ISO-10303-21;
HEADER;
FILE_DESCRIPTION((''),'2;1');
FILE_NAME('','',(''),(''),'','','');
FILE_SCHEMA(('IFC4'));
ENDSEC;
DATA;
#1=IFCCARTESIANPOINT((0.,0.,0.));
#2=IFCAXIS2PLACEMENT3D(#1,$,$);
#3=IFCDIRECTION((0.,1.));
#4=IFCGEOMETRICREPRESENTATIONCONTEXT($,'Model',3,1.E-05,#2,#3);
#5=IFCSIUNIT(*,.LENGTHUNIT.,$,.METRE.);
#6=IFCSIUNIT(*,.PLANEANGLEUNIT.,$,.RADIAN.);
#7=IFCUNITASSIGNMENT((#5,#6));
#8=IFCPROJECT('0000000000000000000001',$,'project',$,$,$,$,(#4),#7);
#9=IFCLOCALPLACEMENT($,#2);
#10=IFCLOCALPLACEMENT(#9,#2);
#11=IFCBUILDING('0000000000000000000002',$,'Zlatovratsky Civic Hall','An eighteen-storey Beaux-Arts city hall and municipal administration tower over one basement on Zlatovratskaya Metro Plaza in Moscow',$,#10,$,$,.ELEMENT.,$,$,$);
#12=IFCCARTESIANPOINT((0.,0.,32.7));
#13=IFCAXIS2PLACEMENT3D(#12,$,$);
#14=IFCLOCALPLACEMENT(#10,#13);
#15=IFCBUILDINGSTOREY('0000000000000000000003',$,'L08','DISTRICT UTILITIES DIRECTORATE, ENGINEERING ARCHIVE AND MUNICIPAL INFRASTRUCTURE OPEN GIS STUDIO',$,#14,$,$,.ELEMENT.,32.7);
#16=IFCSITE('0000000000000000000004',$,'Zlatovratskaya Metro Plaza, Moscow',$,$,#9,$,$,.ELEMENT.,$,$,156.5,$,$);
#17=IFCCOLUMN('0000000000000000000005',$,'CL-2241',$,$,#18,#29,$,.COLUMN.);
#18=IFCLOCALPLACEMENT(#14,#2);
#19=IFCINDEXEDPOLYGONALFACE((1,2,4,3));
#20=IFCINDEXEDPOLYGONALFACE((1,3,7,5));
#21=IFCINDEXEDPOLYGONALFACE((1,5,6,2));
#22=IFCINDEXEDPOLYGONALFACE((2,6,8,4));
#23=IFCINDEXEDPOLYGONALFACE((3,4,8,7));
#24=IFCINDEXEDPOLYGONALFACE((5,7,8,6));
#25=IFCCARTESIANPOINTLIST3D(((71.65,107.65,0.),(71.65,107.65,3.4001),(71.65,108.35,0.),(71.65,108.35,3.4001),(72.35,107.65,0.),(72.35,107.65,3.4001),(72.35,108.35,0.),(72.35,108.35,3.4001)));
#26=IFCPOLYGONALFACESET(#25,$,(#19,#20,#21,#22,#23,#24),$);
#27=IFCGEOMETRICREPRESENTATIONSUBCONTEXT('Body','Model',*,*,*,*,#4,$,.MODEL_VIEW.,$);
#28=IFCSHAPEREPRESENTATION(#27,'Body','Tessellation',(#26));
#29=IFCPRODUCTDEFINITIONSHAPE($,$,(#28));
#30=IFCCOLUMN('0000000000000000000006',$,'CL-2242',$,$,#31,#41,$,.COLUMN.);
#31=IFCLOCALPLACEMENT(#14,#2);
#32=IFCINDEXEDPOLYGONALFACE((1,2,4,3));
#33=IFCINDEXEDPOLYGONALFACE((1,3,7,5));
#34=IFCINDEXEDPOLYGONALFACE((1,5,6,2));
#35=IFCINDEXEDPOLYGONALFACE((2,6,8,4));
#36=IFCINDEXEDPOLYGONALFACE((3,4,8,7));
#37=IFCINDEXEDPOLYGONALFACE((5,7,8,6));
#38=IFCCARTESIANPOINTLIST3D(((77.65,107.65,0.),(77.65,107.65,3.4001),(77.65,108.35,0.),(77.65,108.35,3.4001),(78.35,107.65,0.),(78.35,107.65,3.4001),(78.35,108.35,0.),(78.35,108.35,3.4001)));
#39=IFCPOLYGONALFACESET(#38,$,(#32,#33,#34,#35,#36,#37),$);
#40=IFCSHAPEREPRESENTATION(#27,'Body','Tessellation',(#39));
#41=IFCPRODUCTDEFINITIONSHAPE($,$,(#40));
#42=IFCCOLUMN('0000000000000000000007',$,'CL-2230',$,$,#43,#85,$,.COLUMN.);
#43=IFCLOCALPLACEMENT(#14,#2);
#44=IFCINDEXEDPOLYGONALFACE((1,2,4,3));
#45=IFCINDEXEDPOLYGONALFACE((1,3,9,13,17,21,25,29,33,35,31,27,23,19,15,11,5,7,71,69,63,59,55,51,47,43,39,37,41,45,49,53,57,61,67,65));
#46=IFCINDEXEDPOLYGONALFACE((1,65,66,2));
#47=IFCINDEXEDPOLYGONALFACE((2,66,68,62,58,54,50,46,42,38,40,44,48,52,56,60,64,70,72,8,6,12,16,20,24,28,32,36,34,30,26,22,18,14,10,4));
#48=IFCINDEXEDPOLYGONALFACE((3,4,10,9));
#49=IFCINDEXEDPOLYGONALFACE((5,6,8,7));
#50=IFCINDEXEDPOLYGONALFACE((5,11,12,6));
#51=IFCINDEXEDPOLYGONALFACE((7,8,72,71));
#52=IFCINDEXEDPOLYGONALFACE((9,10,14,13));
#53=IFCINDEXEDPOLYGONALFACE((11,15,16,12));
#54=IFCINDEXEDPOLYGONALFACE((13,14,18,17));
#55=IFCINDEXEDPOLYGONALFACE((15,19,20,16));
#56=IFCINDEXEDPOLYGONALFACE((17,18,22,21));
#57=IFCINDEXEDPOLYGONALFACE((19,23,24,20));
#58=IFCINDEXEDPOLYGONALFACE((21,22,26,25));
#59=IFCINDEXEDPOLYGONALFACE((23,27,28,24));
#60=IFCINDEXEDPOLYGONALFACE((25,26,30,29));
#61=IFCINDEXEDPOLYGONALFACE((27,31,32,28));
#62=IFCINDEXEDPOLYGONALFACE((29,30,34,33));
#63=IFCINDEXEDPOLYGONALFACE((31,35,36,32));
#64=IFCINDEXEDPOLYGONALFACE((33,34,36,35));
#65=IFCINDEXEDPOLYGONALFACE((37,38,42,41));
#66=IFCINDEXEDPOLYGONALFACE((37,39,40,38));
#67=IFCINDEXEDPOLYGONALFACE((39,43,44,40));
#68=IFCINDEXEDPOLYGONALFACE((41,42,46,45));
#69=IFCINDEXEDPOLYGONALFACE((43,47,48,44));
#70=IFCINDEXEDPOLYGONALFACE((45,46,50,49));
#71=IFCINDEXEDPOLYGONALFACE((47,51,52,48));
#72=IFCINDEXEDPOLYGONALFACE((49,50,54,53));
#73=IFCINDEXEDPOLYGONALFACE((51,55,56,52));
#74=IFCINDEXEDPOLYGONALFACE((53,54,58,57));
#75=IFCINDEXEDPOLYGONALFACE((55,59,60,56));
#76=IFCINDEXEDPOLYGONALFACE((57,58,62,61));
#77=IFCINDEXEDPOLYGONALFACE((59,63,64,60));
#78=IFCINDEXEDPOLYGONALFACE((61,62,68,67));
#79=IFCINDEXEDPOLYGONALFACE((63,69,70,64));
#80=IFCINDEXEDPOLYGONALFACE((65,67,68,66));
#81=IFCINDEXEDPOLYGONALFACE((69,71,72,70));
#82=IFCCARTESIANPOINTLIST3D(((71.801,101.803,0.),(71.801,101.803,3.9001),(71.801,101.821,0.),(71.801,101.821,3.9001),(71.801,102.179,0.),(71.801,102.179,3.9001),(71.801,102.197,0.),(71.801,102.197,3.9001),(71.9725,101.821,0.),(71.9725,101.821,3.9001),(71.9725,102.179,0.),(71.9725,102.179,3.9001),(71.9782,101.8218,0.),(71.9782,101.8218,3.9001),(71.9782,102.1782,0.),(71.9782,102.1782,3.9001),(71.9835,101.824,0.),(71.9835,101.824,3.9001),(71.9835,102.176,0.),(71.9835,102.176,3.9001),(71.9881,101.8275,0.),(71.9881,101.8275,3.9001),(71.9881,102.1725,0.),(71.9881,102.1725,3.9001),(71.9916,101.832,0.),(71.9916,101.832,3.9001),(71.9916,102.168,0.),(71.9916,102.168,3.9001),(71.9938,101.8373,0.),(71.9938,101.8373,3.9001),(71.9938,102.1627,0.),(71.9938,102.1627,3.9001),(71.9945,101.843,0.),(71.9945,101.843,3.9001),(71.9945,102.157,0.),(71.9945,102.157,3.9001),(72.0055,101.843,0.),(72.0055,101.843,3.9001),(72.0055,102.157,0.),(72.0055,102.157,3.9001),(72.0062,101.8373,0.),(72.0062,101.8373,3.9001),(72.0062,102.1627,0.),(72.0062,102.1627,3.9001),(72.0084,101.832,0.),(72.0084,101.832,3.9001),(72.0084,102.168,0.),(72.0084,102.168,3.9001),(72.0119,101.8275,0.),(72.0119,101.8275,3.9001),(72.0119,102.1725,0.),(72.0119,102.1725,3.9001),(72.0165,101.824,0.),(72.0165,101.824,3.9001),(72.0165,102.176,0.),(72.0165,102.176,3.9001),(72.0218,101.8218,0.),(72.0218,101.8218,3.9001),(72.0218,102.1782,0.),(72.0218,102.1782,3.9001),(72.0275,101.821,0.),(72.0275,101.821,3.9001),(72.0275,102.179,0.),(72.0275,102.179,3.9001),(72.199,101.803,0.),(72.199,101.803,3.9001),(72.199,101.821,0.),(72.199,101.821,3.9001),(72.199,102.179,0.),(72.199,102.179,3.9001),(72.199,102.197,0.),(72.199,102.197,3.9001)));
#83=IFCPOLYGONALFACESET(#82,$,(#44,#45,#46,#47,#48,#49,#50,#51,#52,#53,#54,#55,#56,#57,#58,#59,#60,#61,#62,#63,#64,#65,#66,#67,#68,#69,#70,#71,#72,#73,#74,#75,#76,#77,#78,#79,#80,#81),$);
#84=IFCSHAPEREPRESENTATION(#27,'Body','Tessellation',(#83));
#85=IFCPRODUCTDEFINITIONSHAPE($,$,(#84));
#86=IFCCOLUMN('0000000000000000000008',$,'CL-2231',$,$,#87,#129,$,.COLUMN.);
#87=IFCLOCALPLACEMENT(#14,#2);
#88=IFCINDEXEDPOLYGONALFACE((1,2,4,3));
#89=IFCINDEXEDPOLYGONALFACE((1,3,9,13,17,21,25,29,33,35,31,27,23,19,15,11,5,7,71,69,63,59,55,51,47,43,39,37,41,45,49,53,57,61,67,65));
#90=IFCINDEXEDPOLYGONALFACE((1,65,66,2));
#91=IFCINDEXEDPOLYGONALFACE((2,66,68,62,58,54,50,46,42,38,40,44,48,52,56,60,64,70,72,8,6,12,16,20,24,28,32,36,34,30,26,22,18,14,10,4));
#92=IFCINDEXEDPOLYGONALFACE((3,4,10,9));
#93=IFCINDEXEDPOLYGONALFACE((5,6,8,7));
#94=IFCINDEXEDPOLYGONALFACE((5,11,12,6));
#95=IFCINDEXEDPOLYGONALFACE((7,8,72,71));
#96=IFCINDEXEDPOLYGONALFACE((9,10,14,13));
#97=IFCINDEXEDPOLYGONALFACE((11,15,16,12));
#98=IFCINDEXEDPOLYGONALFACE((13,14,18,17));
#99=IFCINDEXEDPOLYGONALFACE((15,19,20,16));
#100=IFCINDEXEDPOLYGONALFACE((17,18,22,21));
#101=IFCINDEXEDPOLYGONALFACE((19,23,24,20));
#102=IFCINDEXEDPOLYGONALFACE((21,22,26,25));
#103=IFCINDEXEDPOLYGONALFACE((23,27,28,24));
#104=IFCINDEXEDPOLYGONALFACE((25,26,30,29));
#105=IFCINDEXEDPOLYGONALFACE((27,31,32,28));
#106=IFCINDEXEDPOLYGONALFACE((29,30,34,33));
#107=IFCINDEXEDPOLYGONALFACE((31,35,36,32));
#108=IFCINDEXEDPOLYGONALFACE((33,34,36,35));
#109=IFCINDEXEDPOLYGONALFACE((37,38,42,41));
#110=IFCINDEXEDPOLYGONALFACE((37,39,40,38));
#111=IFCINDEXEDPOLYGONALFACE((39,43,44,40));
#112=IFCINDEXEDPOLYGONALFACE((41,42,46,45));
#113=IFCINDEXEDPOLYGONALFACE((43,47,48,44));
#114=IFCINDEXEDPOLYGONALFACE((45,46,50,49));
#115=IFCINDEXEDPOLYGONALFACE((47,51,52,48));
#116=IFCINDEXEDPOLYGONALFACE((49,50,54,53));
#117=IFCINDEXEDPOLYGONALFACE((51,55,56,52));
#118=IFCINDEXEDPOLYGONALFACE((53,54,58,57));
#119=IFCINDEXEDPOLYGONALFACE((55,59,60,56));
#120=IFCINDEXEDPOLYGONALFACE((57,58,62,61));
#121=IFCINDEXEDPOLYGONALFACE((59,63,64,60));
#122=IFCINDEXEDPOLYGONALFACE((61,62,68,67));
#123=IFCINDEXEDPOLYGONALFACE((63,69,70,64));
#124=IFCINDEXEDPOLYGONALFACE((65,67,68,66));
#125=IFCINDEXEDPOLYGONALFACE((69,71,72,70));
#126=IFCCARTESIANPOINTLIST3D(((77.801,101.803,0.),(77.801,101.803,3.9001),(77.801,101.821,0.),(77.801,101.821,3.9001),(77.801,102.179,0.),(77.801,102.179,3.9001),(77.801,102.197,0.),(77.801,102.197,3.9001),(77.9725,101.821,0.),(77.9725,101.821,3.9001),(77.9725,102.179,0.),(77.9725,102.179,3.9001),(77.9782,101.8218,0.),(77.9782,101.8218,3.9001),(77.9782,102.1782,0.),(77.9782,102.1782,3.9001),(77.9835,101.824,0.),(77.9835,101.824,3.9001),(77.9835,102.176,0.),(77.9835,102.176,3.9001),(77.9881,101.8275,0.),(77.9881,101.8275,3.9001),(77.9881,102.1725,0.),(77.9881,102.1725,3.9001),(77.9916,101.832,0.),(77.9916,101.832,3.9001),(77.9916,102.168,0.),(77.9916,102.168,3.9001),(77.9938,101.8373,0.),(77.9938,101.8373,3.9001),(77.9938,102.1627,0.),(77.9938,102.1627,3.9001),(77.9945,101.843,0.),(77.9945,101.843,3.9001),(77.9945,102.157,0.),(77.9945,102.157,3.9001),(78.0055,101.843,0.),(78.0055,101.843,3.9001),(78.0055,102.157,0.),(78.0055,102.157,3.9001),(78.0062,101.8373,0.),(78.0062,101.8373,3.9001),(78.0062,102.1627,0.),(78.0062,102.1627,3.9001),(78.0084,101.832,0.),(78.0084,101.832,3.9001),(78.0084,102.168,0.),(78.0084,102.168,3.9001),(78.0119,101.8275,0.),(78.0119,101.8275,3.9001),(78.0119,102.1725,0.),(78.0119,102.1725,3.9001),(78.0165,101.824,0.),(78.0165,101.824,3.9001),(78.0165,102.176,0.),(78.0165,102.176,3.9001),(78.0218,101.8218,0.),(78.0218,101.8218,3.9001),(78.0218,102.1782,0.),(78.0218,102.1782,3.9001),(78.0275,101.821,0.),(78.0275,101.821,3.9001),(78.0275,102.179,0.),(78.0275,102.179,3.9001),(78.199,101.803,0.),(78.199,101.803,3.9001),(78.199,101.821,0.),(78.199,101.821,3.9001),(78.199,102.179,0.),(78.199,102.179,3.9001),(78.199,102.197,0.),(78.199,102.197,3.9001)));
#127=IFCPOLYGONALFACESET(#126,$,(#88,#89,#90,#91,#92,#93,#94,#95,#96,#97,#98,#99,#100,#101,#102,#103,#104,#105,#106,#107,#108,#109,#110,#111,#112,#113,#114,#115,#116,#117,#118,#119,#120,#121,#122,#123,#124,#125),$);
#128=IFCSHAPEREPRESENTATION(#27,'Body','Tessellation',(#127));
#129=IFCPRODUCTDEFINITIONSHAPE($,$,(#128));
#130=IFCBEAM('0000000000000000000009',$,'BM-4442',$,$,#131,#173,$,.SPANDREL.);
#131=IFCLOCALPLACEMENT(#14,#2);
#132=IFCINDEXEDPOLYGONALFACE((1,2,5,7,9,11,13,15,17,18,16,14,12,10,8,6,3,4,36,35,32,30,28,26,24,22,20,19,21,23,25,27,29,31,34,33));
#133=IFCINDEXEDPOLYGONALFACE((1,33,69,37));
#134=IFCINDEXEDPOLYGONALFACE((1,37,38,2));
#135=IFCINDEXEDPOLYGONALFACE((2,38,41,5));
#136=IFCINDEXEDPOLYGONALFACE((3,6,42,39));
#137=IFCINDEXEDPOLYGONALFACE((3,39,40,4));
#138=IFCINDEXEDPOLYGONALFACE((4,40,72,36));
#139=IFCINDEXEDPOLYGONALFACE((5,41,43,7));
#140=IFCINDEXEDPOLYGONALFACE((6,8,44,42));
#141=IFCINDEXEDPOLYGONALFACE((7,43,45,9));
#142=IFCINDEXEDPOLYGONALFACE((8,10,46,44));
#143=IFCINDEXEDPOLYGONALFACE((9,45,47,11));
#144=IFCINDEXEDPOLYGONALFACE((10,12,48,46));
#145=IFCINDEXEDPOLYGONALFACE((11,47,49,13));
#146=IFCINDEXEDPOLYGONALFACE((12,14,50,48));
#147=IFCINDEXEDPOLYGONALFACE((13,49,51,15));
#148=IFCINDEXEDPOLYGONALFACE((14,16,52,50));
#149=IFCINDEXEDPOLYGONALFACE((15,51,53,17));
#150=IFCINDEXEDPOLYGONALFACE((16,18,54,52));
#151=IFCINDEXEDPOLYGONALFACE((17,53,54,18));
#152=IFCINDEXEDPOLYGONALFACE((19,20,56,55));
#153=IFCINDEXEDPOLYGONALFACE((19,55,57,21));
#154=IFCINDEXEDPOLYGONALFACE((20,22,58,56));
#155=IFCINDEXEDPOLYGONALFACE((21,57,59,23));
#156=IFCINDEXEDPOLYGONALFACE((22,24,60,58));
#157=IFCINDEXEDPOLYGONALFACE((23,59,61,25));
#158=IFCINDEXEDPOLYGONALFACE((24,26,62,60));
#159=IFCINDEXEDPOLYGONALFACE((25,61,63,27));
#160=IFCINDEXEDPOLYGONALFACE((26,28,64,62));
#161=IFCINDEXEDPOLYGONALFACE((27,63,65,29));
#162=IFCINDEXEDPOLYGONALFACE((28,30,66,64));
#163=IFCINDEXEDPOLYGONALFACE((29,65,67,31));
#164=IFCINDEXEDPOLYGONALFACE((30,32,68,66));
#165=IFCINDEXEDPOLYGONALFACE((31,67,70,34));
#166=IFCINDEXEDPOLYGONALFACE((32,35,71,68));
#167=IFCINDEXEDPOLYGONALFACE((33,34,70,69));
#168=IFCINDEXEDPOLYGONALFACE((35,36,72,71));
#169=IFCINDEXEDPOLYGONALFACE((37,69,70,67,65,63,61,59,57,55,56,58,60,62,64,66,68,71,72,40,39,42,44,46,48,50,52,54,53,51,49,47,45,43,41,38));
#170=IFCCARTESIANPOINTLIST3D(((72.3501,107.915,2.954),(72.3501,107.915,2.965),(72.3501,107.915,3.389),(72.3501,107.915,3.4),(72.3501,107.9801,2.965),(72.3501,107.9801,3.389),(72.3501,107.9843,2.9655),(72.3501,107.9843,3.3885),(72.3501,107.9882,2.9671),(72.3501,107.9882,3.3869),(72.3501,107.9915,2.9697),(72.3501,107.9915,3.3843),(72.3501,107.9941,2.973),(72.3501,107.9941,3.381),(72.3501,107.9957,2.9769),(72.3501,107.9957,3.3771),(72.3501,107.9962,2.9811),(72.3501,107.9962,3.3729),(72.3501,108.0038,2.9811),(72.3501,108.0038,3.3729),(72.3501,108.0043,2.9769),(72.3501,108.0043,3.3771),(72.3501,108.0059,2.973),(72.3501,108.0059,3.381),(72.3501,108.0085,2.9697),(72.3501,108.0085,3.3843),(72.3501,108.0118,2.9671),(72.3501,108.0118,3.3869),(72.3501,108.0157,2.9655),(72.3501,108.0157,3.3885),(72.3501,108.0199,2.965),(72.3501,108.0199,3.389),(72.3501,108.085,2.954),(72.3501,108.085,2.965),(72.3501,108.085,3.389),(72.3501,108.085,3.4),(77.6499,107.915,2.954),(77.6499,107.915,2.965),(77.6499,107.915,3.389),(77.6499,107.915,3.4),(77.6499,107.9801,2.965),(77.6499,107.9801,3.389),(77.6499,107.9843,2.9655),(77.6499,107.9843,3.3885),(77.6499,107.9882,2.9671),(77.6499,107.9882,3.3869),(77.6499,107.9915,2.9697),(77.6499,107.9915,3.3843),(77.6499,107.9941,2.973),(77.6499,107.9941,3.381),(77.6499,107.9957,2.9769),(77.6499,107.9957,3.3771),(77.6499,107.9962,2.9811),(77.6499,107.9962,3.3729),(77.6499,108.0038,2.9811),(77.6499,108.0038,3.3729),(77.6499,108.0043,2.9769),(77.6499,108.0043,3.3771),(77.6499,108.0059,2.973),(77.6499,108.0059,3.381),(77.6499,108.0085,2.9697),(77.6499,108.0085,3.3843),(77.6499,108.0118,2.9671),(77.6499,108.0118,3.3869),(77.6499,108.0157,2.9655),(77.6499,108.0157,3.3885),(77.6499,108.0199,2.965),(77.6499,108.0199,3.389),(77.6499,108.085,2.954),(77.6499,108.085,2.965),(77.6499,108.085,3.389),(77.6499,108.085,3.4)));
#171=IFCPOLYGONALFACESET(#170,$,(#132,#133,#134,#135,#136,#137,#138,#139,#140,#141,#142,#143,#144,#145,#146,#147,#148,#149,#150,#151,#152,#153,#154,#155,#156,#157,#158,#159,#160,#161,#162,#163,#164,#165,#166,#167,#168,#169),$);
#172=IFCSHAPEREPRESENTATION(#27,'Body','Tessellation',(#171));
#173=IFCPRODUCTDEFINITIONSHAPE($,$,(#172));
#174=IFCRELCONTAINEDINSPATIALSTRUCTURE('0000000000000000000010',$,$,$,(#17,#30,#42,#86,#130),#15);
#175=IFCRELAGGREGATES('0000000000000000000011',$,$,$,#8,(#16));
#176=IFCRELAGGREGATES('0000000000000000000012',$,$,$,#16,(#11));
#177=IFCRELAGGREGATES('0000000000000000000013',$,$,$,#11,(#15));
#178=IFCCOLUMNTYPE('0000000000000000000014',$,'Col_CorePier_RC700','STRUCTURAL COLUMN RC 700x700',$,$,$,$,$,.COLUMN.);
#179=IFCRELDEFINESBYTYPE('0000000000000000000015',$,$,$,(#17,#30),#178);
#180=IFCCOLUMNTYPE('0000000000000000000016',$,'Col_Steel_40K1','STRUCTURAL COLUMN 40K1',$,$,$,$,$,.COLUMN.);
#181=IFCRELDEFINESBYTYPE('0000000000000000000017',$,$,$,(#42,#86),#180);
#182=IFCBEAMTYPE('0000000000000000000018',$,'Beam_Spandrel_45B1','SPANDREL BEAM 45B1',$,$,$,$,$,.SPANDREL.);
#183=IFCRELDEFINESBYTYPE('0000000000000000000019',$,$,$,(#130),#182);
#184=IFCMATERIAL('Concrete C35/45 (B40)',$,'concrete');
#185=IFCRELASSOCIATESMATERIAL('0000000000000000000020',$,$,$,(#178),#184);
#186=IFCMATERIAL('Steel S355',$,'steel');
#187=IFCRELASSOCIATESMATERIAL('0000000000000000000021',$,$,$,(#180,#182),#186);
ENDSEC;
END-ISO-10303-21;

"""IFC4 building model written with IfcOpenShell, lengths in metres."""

from ifc_helpers import new_model, si_unit, direction, frame, origin, origin_2d, place, context, subcontext, project, spatial, rectangle, i_section, extrude, material, material_profile, profile_set, type_object, element, save


model = new_model("IFC4")

# Units and contexts
model_context = context("Model", 3, precision=1e-05, world=origin(), true_north=direction((0.0, 1.0)))
body_context = subcontext(model_context, "Body", "Model", "MODEL_VIEW")
ifc_project = project(units=[si_unit("LENGTHUNIT", "METRE"), si_unit("PLANEANGLEUNIT", "RADIAN")], contexts=[model_context])

# Site, building, storey
site_placement = place(None, origin())
site = spatial("IfcSite", under=ifc_project, at=site_placement, Name="Zlatovratskaya Metro Plaza, Moscow", CompositionType="ELEMENT", RefElevation=156.5)
building_placement = place(site_placement, origin())
building = spatial("IfcBuilding", under=site, at=building_placement, Name="Zlatovratsky Civic Hall", Description="An eighteen-storey Beaux-Arts city hall and municipal administration tower over one basement on Zlatovratskaya Metro Plaza in Moscow", CompositionType="ELEMENT")
storey_placement = place(building_placement, frame((0.0, 0.0, 32.7)))
storey = spatial("IfcBuildingStorey", under=building, at=storey_placement, Name="L08", Description="DISTRICT UTILITIES DIRECTORATE, ENGINEERING ARCHIVE AND MUNICIPAL INFRASTRUCTURE OPEN GIS STUDIO", CompositionType="ELEMENT", Elevation=32.7)

# Columns
ifc_material_1 = material(Name="Concrete C35/45 (B40)", Category="concrete")
ifc_material_profile_1 = material_profile(ifc_material_1, rectangle(XDim=0.7, YDim=0.7, at=origin_2d()), Name="RC 700x700")
ifc_profile_set_1 = profile_set([ifc_material_profile_1], Name="Concrete C35/45 (B40)")
column_type_1 = type_object("IfcColumnType", Name="Col_CorePier_RC700", Description="STRUCTURAL COLUMN RC 700x700", PredefinedType="COLUMN", material=ifc_profile_set_1)
for number, where, z_axis, x_axis, name in (
    (1, (72.0, 108.0, 0.0), (0.0, 0.0, 1.0), (1.0, 0.0, 0.0), "CL-2241"),
    (2, (78.0, 108.0, 0.0), (0.0, 0.0, 1.0), (1.0, 0.0, 0.0), "CL-2242"),
):
    element("IfcColumn", number, at=place(storey_placement, frame(where, z_axis=z_axis, x_axis=x_axis)), inside=storey, type_object=column_type_1, Name=name, PredefinedType="COLUMN", context=body_context, shape_type="SweptSolid", body=[
        extrude(rectangle(XDim=0.7, YDim=0.7, at=origin_2d()), origin(), (0.0, 0.0, 1.0), 3.4001),
    ])
ifc_material_2 = material(Name="Steel S355", Category="steel")
ifc_material_profile_2 = material_profile(ifc_material_2, i_section(OverallWidth=0.3979, OverallDepth=0.394, WebThickness=0.011, FlangeThickness=0.0181, FilletRadius=0.022, at=origin_2d()), Name="40K1")
ifc_profile_set_2 = profile_set([ifc_material_profile_2], Name="Steel S355")
column_type_2 = type_object("IfcColumnType", Name="Col_Steel_40K1", Description="STRUCTURAL COLUMN 40K1", PredefinedType="COLUMN", material=ifc_profile_set_2)
for number, where, z_axis, x_axis, name in (
    (3, (72.0, 102.0, 0.0), (0.0, 0.0, 1.0), (1.0, 0.0, 0.0), "CL-2230"),
    (4, (78.0, 102.0, 0.0), (0.0, 0.0, 1.0), (1.0, 0.0, 0.0), "CL-2231"),
):
    element("IfcColumn", number, at=place(storey_placement, frame(where, z_axis=z_axis, x_axis=x_axis)), inside=storey, type_object=column_type_2, Name=name, PredefinedType="COLUMN", context=body_context, shape_type="SweptSolid", body=[
        extrude(i_section(OverallWidth=0.3979, OverallDepth=0.394, WebThickness=0.011, FlangeThickness=0.0181, FilletRadius=0.022, at=origin_2d()), origin(), (0.0, 0.0, 1.0), 3.9001),
    ])

# Beam
ifc_material_profile_3 = material_profile(ifc_material_2, i_section(OverallWidth=0.1699, OverallDepth=0.446, WebThickness=0.0076, FlangeThickness=0.011, FilletRadius=0.0161, at=origin_2d()), Name="45B1")
ifc_profile_set_3 = profile_set([ifc_material_profile_3], Name="Steel S355")
beam_type_1 = type_object("IfcBeamType", Name="Beam_Spandrel_45B1", Description="SPANDREL BEAM 45B1", PredefinedType="SPANDREL", material=ifc_profile_set_3)
for number, where, z_axis, x_axis, name in (
    (5, (72.3501, 108.0, 3.177), (1.0, 0.0, 0.0), (0.0, 1.0, 0.0), "BM-4442"),
):
    element("IfcBeam", number, at=place(storey_placement, frame(where, z_axis=z_axis, x_axis=x_axis)), inside=storey, type_object=beam_type_1, Name=name, PredefinedType="SPANDREL", context=body_context, shape_type="SweptSolid", body=[
        extrude(i_section(OverallWidth=0.1699, OverallDepth=0.446, WebThickness=0.0076, FlangeThickness=0.011, FilletRadius=0.0161, at=origin_2d()), origin(), (0.0, 0.0, 1.0), 5.2998),
    ])

save(model, "model.ifc")
